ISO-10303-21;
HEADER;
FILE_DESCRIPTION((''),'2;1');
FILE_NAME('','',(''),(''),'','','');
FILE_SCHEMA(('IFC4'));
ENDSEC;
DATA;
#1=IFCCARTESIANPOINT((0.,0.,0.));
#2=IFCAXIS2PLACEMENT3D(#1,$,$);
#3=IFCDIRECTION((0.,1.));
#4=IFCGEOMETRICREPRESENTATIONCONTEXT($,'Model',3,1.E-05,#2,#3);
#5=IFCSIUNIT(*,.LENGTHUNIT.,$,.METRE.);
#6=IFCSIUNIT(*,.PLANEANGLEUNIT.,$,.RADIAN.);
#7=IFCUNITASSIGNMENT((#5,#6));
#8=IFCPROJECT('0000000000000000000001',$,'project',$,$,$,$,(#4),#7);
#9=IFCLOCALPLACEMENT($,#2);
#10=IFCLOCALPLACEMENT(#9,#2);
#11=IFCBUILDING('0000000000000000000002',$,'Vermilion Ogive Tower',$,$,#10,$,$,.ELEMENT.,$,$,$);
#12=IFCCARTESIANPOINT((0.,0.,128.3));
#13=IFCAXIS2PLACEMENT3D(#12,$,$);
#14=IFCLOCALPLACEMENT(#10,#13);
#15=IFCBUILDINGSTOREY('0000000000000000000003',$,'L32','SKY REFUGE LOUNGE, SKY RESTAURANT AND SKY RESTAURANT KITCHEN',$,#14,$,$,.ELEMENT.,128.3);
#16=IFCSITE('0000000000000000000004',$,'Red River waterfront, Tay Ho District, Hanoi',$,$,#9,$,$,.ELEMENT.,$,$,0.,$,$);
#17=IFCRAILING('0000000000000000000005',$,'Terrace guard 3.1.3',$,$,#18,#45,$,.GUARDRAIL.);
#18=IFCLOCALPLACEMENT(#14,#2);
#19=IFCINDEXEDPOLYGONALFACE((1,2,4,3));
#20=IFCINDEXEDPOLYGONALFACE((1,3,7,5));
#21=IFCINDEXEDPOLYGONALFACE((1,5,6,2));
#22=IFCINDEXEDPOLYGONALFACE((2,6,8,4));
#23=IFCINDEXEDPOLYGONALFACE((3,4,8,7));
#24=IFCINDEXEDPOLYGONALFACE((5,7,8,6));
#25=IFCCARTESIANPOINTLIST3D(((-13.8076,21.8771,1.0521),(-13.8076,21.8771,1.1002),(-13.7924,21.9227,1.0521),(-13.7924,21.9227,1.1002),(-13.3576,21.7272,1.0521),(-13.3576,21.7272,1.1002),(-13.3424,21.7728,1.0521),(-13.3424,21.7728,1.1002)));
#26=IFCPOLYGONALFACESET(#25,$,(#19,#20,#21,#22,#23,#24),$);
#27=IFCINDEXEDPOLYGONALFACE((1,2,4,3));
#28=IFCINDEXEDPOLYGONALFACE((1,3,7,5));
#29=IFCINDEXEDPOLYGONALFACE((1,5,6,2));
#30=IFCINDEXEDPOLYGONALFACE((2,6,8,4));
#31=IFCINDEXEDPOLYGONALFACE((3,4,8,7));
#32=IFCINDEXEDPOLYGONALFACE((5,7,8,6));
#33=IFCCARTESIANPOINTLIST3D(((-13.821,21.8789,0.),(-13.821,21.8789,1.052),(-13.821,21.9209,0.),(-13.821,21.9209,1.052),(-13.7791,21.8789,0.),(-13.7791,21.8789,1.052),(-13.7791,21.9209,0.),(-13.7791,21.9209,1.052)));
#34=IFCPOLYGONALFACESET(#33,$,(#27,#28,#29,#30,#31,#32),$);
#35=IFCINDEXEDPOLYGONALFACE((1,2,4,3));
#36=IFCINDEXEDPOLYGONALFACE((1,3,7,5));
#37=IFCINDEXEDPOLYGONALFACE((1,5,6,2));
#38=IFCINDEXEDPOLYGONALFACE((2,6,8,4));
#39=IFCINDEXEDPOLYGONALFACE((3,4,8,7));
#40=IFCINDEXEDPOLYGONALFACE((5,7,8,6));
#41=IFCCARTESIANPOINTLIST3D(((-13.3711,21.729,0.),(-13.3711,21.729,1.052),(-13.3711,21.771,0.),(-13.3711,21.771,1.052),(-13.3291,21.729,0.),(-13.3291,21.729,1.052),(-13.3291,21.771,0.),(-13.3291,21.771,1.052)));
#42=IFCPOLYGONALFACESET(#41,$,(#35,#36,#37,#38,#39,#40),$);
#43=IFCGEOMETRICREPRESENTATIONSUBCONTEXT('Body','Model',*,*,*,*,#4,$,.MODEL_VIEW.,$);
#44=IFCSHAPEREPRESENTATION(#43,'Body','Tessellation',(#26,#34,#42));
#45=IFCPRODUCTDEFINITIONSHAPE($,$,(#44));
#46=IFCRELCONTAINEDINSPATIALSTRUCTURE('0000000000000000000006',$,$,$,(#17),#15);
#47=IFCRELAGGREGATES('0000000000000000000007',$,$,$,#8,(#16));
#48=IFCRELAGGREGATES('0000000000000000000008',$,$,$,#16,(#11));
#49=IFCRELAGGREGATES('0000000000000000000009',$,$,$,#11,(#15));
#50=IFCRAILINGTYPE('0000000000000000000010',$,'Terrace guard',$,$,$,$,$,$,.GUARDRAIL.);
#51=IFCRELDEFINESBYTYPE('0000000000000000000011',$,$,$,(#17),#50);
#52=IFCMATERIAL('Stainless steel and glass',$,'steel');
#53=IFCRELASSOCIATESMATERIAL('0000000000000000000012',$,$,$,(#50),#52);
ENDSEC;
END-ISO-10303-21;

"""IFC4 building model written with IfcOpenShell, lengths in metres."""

from ifc_helpers import new_model, si_unit, direction, frame, origin, origin_2d, place, context, subcontext, project, spatial, rectangle, extrude, material, type_object, element, save


model = new_model("IFC4")

# Units and contexts
model_context = context("Model", 3, precision=1e-05, world=origin(), true_north=direction((0.0, 1.0)))
body_context = subcontext(model_context, "Body", "Model", "MODEL_VIEW")
ifc_project = project(units=[si_unit("LENGTHUNIT", "METRE"), si_unit("PLANEANGLEUNIT", "RADIAN")], contexts=[model_context])

# Site, building, storey
site_placement = place(None, origin())
site = spatial("IfcSite", under=ifc_project, at=site_placement, Name="Red River waterfront, Tay Ho District, Hanoi", CompositionType="ELEMENT", RefElevation=0.0)
building_placement = place(site_placement, origin())
building = spatial("IfcBuilding", under=site, at=building_placement, Name="Vermilion Ogive Tower", CompositionType="ELEMENT")
storey_placement = place(building_placement, frame((0.0, 0.0, 128.3)))
storey = spatial("IfcBuildingStorey", under=building, at=storey_placement, Name="L32", Description="SKY REFUGE LOUNGE, SKY RESTAURANT AND SKY RESTAURANT KITCHEN", CompositionType="ELEMENT", Elevation=128.3)

# Railing
ifc_material_1 = material(Name="Stainless steel and glass", Category="steel")
railing_type = type_object("IfcRailingType", Name="Terrace guard", PredefinedType="GUARDRAIL", material=ifc_material_1)
railing_1_placement = place(storey_placement, frame((-13.8, 21.8999, 0.0)))
element("IfcRailing", 1, at=railing_1_placement, inside=storey, type_object=railing_type, Name="Terrace guard 3.1.3", PredefinedType="GUARDRAIL", context=body_context, shape_type="SweptSolid", body=[
    extrude(rectangle(XDim=0.0481, YDim=0.0481, at=origin_2d()), frame((0.0, 0.0, 1.0762), z_axis=(0.948735, -0.316073, 0.0), x_axis=(0.316073, 0.948735, 0.0)), (0.0, 0.0, 1.0), 0.4744),
    extrude(rectangle(XDim=0.042, YDim=0.042, at=origin_2d()), origin(), (0.0, 0.0, 1.0), 1.052),
    extrude(rectangle(XDim=0.042, YDim=0.042, at=origin_2d()), frame((0.45, -0.1499, 0.0)), (0.0, 0.0, 1.0), 1.052),
])

save(model, "model.ifc")
